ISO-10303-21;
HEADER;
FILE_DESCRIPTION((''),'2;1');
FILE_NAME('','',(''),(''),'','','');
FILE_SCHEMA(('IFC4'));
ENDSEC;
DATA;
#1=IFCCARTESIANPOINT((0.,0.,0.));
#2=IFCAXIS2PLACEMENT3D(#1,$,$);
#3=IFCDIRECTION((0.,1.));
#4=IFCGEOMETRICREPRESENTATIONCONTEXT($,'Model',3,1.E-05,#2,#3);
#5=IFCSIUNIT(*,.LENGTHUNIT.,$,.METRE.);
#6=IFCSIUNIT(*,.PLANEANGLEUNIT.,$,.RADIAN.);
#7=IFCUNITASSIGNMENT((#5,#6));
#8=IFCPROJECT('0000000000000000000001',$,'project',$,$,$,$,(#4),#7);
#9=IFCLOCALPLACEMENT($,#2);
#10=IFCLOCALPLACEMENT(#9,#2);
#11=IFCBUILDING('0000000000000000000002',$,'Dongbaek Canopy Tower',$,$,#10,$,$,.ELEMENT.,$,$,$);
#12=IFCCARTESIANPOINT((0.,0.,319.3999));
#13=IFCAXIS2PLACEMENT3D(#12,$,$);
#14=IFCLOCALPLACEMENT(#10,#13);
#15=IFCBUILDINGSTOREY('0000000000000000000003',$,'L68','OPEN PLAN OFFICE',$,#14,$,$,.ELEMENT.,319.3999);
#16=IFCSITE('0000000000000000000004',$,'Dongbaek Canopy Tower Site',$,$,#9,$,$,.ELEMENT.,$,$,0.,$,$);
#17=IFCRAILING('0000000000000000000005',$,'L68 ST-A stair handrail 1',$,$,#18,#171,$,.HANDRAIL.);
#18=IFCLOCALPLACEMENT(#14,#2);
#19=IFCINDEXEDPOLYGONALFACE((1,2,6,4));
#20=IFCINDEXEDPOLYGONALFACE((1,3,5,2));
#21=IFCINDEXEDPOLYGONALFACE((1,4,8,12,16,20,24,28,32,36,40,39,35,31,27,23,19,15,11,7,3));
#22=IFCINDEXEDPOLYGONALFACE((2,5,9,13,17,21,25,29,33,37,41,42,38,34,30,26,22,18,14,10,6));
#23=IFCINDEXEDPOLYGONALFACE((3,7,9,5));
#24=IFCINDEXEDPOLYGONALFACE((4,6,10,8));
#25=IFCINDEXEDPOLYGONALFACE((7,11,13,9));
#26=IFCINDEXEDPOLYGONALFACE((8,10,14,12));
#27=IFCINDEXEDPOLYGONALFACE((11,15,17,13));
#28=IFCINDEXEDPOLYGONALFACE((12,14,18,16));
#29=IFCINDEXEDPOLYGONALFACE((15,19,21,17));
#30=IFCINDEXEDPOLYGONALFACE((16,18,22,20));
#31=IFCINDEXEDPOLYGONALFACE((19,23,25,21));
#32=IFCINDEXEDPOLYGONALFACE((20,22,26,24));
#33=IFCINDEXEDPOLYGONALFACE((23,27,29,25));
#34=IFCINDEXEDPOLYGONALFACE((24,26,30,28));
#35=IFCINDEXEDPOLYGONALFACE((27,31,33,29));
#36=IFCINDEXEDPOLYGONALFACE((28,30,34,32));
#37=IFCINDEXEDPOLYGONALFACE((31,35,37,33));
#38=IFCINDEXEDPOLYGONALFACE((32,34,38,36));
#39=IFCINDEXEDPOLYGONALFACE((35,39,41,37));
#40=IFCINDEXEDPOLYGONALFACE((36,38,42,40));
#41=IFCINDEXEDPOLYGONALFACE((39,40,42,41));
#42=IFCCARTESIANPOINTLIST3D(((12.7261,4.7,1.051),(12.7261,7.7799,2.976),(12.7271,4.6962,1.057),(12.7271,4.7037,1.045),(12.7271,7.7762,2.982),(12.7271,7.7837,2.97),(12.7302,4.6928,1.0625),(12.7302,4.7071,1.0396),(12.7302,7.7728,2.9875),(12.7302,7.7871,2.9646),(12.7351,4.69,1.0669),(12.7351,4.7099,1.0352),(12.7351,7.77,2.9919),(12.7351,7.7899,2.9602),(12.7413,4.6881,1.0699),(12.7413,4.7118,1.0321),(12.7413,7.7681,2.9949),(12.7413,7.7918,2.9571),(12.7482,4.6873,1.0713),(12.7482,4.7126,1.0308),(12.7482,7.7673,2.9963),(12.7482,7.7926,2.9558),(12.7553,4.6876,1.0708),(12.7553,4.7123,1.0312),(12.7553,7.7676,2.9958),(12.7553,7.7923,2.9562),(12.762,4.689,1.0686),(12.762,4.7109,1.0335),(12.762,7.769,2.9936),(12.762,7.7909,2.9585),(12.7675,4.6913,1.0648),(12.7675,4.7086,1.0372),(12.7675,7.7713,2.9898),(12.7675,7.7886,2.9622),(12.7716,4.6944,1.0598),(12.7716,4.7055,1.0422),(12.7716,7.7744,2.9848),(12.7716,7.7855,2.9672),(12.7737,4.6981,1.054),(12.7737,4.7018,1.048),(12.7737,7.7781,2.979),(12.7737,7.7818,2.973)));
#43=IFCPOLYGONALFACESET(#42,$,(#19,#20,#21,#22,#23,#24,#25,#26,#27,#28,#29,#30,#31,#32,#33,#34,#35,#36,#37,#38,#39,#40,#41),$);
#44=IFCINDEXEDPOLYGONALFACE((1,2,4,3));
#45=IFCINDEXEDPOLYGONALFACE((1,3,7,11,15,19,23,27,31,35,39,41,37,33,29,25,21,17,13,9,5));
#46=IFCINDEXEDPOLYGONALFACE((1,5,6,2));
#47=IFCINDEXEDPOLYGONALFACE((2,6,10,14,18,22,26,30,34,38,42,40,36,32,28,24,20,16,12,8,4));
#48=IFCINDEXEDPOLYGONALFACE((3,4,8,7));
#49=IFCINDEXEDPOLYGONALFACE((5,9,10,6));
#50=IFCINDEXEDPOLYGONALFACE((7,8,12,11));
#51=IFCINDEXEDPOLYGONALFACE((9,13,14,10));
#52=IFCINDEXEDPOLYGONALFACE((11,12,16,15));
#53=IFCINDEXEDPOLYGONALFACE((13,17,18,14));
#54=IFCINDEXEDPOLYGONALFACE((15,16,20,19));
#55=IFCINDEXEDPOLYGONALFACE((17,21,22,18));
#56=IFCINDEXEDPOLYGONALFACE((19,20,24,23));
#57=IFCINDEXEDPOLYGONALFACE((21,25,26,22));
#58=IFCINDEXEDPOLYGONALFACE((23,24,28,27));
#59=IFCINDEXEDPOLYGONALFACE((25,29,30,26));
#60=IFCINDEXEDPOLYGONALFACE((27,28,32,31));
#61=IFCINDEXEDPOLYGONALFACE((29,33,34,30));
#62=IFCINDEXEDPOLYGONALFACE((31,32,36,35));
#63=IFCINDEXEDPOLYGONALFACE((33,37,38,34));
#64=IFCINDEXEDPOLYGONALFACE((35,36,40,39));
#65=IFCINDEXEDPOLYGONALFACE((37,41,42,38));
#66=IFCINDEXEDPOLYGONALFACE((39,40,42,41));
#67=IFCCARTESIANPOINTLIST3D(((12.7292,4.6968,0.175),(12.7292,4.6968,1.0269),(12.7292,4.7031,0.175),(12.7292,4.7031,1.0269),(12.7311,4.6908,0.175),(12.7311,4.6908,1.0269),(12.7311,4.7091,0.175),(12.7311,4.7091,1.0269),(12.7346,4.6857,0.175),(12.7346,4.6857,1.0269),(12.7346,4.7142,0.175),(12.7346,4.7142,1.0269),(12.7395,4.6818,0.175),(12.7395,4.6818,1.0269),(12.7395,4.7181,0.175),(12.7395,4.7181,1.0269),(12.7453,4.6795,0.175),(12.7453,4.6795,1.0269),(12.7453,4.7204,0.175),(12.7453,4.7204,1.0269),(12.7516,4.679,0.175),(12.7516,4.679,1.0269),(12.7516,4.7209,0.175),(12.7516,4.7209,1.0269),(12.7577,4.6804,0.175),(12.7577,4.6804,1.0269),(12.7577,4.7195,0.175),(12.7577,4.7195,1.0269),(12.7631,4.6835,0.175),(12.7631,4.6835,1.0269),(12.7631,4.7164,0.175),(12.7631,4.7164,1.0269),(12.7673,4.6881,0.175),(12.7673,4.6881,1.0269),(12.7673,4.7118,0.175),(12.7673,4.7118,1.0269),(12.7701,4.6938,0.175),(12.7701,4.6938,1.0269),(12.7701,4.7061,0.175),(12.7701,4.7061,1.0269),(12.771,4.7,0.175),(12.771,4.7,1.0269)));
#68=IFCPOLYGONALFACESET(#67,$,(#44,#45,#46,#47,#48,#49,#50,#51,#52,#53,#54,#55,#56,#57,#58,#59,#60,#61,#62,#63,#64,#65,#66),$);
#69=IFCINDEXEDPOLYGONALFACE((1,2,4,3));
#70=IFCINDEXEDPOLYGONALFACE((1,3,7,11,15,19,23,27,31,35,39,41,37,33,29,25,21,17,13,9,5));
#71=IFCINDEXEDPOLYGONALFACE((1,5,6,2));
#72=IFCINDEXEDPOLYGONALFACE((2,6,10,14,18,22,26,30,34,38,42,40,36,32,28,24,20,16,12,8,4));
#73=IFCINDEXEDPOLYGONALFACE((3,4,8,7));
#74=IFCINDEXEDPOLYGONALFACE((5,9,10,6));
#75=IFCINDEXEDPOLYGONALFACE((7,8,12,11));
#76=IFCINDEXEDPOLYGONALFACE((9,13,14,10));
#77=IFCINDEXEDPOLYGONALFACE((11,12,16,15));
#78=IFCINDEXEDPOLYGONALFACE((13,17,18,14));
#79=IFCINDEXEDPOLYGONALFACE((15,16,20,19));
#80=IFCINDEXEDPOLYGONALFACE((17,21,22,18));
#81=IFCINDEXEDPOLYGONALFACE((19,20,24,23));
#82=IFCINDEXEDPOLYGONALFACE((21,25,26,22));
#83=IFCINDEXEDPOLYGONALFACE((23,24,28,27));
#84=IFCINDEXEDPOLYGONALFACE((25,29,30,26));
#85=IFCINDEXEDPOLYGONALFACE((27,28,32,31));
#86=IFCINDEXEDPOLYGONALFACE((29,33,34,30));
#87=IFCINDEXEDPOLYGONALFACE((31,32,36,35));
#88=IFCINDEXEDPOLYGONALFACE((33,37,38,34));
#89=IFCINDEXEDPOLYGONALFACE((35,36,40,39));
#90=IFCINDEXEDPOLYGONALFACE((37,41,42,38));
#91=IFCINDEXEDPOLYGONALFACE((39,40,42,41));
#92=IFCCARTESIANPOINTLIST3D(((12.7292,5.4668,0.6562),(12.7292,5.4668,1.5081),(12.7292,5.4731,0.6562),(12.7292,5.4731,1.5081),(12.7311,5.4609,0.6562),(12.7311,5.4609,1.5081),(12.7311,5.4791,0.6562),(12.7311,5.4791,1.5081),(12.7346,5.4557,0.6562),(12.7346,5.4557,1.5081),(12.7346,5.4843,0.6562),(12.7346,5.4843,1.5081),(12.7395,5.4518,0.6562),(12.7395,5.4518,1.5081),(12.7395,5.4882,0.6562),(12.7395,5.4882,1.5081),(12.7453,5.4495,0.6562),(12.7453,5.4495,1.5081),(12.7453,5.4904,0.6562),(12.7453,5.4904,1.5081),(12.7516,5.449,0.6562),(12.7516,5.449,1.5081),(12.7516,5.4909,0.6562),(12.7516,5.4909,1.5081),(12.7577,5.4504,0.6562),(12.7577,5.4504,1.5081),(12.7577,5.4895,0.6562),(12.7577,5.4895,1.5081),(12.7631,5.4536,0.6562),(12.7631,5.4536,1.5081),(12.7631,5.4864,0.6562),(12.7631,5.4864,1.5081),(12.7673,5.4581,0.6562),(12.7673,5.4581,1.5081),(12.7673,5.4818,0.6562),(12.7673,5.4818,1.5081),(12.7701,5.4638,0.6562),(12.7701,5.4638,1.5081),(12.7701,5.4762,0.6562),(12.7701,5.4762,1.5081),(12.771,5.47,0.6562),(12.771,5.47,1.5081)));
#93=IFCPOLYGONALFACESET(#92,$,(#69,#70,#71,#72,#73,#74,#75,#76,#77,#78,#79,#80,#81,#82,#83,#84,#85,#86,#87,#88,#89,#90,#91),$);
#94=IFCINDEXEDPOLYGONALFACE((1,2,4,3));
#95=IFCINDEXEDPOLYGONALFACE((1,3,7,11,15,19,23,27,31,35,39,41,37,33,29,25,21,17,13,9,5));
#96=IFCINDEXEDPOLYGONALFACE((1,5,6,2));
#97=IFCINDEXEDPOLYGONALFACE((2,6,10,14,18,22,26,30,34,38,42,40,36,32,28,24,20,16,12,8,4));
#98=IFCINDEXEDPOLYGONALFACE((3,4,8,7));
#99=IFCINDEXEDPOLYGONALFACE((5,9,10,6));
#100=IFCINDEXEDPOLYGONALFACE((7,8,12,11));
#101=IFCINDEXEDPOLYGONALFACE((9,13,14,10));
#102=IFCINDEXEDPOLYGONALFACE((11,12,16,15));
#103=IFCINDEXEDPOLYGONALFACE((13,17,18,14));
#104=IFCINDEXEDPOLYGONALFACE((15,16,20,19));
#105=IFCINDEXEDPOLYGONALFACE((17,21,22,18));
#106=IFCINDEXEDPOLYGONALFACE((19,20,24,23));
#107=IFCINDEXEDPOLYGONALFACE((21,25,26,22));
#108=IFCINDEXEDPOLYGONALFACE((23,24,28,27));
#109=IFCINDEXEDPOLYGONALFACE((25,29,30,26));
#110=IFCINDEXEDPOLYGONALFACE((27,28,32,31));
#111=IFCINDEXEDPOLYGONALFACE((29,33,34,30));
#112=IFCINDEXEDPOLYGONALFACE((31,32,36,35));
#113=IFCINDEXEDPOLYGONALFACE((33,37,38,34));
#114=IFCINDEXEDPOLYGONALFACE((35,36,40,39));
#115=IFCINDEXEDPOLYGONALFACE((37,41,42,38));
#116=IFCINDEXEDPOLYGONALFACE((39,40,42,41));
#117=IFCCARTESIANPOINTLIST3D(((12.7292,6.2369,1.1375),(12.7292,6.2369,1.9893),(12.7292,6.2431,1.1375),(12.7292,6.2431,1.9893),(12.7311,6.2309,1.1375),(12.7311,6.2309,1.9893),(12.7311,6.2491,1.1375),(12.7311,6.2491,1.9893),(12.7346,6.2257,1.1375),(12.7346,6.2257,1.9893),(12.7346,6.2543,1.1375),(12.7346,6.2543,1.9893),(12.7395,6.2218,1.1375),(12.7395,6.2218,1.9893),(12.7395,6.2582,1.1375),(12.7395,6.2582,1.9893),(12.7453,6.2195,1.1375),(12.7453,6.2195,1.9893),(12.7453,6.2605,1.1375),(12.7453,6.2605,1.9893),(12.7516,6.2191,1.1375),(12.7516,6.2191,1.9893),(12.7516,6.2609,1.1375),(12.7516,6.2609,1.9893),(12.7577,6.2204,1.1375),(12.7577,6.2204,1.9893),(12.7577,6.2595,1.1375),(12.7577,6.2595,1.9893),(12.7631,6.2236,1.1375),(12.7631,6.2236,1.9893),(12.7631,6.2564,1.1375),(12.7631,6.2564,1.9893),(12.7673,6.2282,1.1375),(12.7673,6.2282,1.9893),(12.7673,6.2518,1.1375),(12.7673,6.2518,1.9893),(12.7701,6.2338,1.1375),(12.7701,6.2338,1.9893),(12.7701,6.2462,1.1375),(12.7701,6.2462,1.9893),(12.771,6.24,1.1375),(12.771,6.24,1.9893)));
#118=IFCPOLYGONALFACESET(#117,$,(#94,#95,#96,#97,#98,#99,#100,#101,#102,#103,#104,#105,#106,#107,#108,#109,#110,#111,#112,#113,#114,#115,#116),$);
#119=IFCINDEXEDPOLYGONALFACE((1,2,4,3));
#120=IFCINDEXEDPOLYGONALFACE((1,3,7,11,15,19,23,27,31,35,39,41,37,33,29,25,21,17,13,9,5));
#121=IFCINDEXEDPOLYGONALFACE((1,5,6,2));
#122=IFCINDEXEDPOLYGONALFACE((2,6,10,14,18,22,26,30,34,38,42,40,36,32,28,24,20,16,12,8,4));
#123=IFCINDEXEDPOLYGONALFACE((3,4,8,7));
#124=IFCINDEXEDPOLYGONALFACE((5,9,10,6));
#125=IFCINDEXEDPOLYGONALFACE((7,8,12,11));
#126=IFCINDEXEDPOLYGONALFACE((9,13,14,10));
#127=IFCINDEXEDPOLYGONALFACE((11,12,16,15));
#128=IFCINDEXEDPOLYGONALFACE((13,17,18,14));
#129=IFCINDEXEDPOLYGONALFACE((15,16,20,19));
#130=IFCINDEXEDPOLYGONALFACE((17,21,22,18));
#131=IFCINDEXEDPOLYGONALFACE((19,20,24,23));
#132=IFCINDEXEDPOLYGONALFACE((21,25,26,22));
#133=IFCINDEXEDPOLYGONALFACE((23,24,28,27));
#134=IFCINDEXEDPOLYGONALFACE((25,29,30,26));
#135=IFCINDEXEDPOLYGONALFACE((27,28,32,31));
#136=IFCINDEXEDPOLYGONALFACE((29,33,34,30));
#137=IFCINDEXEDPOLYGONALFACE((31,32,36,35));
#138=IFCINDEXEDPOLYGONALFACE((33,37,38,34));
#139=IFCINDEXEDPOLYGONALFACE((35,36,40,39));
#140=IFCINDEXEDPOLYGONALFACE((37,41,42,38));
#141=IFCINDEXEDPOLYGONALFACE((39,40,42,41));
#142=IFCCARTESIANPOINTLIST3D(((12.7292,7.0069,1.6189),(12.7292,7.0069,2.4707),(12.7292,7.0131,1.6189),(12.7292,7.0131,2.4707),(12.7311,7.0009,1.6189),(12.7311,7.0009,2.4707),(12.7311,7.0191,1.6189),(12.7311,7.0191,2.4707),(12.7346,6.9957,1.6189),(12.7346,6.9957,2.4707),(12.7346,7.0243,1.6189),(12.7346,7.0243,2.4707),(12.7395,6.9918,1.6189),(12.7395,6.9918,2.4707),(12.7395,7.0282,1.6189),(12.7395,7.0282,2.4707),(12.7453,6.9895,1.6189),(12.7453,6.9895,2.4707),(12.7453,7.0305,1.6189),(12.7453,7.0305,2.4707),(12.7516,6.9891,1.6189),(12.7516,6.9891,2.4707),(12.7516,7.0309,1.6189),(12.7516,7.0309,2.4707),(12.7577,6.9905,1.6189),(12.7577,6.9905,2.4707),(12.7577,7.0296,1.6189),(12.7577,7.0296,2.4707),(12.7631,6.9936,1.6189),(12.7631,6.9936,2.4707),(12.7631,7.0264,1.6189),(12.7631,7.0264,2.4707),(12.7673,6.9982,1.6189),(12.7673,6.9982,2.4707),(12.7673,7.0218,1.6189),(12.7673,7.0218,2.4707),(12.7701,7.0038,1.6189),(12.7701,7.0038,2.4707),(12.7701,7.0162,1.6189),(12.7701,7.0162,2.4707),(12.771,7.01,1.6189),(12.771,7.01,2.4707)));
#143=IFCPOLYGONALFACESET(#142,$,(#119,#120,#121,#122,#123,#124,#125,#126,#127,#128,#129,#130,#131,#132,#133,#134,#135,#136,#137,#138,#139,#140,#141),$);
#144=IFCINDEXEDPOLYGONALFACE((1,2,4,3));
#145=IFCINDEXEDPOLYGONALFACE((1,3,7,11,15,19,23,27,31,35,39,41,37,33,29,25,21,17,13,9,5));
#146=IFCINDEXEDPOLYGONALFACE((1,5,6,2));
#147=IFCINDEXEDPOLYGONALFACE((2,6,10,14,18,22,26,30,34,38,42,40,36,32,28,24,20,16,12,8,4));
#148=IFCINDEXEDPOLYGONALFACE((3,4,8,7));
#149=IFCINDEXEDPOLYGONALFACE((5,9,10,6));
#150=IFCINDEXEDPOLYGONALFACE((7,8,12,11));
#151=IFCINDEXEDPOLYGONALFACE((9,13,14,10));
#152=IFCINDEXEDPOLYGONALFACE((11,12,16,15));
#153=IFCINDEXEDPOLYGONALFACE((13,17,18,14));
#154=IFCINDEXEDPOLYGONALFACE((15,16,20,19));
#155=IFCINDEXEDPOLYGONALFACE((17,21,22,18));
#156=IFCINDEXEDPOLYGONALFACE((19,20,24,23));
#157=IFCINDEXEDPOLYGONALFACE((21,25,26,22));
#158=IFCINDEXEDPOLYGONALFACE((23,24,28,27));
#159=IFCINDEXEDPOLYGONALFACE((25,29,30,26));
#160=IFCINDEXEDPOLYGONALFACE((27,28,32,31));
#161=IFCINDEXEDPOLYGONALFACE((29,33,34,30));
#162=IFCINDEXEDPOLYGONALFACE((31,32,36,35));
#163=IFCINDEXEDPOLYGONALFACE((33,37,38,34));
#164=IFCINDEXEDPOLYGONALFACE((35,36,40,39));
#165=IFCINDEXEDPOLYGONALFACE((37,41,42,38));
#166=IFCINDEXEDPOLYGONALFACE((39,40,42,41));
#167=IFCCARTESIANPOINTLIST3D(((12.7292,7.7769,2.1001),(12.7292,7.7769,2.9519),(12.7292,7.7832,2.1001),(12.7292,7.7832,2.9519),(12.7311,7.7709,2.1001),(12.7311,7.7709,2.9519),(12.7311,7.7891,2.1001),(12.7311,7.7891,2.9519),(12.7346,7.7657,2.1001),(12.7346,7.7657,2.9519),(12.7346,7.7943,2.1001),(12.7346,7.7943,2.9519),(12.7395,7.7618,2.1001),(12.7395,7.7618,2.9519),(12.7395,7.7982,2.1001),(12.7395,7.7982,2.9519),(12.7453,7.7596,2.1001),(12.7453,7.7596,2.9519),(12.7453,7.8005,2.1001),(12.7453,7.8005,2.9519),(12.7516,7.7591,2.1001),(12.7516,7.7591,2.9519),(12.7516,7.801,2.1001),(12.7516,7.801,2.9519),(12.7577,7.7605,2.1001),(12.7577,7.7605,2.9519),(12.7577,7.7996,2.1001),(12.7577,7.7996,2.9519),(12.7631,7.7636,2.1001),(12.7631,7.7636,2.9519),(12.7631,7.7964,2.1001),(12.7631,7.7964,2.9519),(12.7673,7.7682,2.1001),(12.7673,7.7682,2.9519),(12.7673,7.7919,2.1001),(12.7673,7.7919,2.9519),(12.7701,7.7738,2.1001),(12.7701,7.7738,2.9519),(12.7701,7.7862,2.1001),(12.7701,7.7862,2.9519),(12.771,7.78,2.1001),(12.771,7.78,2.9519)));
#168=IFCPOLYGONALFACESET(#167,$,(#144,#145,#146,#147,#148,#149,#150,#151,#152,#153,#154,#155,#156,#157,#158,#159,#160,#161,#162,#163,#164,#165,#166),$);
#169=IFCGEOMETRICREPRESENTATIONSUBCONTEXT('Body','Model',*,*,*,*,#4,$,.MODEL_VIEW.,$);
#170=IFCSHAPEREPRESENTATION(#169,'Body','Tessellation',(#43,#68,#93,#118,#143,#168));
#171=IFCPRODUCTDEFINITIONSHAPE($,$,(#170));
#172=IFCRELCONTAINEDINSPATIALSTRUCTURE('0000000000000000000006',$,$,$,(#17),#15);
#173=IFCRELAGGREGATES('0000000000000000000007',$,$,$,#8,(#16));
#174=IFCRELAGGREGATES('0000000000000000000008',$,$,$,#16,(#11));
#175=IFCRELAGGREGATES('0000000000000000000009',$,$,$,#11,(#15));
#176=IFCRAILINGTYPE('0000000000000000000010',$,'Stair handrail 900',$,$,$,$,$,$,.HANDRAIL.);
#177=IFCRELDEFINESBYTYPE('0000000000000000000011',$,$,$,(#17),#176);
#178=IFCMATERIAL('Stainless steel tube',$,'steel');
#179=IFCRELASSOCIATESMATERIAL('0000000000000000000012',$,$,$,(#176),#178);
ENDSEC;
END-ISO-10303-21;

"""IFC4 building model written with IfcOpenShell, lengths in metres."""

from ifc_helpers import new_model, si_unit, direction, frame, origin, origin_2d, place, context, subcontext, project, spatial, circle, extrude, material, type_object, element, save


model = new_model("IFC4")

# Units and contexts
model_context = context("Model", 3, precision=1e-05, world=origin(), true_north=direction((0.0, 1.0)))
body_context = subcontext(model_context, "Body", "Model", "MODEL_VIEW")
ifc_project = project(units=[si_unit("LENGTHUNIT", "METRE"), si_unit("PLANEANGLEUNIT", "RADIAN")], contexts=[model_context])

# Site, building, storey
site_placement = place(None, origin())
site = spatial("IfcSite", under=ifc_project, at=site_placement, Name="Dongbaek Canopy Tower Site", CompositionType="ELEMENT", RefElevation=0.0)
building_placement = place(site_placement, origin())
building = spatial("IfcBuilding", under=site, at=building_placement, Name="Dongbaek Canopy Tower", CompositionType="ELEMENT")
storey_placement = place(building_placement, frame((0.0, 0.0, 319.3999)))
storey = spatial("IfcBuildingStorey", under=building, at=storey_placement, Name="L68", Description="OPEN PLAN OFFICE", CompositionType="ELEMENT", Elevation=319.3999)

# Railing
ifc_material_1 = material(Name="Stainless steel tube", Category="steel")
railing_type_1 = type_object("IfcRailingType", Name="Stair handrail 900", PredefinedType="HANDRAIL", material=ifc_material_1)
railing_1_placement = place(storey_placement, frame((12.75, 4.7, 0.175)))
element("IfcRailing", 1, at=railing_1_placement, inside=storey, type_object=railing_type_1, Name="L68 ST-A stair handrail 1", PredefinedType="HANDRAIL", context=body_context, shape_type="SweptSolid", body=[
    extrude(circle(Radius=0.0239, at=origin_2d()), frame((0.0, 0.0, 0.876), z_axis=(0.0, 0.847998, 0.529999), x_axis=(-1.0, 0.0, 0.0)), (0.0, 0.0, 1.0), 3.6321),
    extrude(circle(Radius=0.021, at=origin_2d()), origin(), (0.0, 0.0, 1.0), 0.8518),
    extrude(circle(Radius=0.021, at=origin_2d()), frame((0.0, 0.77, 0.4812)), (0.0, 0.0, 1.0), 0.8518),
    extrude(circle(Radius=0.021, at=origin_2d()), frame((0.0, 1.54, 0.9624)), (0.0, 0.0, 1.0), 0.8518),
    extrude(circle(Radius=0.021, at=origin_2d()), frame((0.0, 2.3101, 1.4438)), (0.0, 0.0, 1.0), 0.8518),
    extrude(circle(Radius=0.021, at=origin_2d()), frame((0.0, 3.0801, 1.925)), (0.0, 0.0, 1.0), 0.8518),
])

save(model, "model.ifc")
